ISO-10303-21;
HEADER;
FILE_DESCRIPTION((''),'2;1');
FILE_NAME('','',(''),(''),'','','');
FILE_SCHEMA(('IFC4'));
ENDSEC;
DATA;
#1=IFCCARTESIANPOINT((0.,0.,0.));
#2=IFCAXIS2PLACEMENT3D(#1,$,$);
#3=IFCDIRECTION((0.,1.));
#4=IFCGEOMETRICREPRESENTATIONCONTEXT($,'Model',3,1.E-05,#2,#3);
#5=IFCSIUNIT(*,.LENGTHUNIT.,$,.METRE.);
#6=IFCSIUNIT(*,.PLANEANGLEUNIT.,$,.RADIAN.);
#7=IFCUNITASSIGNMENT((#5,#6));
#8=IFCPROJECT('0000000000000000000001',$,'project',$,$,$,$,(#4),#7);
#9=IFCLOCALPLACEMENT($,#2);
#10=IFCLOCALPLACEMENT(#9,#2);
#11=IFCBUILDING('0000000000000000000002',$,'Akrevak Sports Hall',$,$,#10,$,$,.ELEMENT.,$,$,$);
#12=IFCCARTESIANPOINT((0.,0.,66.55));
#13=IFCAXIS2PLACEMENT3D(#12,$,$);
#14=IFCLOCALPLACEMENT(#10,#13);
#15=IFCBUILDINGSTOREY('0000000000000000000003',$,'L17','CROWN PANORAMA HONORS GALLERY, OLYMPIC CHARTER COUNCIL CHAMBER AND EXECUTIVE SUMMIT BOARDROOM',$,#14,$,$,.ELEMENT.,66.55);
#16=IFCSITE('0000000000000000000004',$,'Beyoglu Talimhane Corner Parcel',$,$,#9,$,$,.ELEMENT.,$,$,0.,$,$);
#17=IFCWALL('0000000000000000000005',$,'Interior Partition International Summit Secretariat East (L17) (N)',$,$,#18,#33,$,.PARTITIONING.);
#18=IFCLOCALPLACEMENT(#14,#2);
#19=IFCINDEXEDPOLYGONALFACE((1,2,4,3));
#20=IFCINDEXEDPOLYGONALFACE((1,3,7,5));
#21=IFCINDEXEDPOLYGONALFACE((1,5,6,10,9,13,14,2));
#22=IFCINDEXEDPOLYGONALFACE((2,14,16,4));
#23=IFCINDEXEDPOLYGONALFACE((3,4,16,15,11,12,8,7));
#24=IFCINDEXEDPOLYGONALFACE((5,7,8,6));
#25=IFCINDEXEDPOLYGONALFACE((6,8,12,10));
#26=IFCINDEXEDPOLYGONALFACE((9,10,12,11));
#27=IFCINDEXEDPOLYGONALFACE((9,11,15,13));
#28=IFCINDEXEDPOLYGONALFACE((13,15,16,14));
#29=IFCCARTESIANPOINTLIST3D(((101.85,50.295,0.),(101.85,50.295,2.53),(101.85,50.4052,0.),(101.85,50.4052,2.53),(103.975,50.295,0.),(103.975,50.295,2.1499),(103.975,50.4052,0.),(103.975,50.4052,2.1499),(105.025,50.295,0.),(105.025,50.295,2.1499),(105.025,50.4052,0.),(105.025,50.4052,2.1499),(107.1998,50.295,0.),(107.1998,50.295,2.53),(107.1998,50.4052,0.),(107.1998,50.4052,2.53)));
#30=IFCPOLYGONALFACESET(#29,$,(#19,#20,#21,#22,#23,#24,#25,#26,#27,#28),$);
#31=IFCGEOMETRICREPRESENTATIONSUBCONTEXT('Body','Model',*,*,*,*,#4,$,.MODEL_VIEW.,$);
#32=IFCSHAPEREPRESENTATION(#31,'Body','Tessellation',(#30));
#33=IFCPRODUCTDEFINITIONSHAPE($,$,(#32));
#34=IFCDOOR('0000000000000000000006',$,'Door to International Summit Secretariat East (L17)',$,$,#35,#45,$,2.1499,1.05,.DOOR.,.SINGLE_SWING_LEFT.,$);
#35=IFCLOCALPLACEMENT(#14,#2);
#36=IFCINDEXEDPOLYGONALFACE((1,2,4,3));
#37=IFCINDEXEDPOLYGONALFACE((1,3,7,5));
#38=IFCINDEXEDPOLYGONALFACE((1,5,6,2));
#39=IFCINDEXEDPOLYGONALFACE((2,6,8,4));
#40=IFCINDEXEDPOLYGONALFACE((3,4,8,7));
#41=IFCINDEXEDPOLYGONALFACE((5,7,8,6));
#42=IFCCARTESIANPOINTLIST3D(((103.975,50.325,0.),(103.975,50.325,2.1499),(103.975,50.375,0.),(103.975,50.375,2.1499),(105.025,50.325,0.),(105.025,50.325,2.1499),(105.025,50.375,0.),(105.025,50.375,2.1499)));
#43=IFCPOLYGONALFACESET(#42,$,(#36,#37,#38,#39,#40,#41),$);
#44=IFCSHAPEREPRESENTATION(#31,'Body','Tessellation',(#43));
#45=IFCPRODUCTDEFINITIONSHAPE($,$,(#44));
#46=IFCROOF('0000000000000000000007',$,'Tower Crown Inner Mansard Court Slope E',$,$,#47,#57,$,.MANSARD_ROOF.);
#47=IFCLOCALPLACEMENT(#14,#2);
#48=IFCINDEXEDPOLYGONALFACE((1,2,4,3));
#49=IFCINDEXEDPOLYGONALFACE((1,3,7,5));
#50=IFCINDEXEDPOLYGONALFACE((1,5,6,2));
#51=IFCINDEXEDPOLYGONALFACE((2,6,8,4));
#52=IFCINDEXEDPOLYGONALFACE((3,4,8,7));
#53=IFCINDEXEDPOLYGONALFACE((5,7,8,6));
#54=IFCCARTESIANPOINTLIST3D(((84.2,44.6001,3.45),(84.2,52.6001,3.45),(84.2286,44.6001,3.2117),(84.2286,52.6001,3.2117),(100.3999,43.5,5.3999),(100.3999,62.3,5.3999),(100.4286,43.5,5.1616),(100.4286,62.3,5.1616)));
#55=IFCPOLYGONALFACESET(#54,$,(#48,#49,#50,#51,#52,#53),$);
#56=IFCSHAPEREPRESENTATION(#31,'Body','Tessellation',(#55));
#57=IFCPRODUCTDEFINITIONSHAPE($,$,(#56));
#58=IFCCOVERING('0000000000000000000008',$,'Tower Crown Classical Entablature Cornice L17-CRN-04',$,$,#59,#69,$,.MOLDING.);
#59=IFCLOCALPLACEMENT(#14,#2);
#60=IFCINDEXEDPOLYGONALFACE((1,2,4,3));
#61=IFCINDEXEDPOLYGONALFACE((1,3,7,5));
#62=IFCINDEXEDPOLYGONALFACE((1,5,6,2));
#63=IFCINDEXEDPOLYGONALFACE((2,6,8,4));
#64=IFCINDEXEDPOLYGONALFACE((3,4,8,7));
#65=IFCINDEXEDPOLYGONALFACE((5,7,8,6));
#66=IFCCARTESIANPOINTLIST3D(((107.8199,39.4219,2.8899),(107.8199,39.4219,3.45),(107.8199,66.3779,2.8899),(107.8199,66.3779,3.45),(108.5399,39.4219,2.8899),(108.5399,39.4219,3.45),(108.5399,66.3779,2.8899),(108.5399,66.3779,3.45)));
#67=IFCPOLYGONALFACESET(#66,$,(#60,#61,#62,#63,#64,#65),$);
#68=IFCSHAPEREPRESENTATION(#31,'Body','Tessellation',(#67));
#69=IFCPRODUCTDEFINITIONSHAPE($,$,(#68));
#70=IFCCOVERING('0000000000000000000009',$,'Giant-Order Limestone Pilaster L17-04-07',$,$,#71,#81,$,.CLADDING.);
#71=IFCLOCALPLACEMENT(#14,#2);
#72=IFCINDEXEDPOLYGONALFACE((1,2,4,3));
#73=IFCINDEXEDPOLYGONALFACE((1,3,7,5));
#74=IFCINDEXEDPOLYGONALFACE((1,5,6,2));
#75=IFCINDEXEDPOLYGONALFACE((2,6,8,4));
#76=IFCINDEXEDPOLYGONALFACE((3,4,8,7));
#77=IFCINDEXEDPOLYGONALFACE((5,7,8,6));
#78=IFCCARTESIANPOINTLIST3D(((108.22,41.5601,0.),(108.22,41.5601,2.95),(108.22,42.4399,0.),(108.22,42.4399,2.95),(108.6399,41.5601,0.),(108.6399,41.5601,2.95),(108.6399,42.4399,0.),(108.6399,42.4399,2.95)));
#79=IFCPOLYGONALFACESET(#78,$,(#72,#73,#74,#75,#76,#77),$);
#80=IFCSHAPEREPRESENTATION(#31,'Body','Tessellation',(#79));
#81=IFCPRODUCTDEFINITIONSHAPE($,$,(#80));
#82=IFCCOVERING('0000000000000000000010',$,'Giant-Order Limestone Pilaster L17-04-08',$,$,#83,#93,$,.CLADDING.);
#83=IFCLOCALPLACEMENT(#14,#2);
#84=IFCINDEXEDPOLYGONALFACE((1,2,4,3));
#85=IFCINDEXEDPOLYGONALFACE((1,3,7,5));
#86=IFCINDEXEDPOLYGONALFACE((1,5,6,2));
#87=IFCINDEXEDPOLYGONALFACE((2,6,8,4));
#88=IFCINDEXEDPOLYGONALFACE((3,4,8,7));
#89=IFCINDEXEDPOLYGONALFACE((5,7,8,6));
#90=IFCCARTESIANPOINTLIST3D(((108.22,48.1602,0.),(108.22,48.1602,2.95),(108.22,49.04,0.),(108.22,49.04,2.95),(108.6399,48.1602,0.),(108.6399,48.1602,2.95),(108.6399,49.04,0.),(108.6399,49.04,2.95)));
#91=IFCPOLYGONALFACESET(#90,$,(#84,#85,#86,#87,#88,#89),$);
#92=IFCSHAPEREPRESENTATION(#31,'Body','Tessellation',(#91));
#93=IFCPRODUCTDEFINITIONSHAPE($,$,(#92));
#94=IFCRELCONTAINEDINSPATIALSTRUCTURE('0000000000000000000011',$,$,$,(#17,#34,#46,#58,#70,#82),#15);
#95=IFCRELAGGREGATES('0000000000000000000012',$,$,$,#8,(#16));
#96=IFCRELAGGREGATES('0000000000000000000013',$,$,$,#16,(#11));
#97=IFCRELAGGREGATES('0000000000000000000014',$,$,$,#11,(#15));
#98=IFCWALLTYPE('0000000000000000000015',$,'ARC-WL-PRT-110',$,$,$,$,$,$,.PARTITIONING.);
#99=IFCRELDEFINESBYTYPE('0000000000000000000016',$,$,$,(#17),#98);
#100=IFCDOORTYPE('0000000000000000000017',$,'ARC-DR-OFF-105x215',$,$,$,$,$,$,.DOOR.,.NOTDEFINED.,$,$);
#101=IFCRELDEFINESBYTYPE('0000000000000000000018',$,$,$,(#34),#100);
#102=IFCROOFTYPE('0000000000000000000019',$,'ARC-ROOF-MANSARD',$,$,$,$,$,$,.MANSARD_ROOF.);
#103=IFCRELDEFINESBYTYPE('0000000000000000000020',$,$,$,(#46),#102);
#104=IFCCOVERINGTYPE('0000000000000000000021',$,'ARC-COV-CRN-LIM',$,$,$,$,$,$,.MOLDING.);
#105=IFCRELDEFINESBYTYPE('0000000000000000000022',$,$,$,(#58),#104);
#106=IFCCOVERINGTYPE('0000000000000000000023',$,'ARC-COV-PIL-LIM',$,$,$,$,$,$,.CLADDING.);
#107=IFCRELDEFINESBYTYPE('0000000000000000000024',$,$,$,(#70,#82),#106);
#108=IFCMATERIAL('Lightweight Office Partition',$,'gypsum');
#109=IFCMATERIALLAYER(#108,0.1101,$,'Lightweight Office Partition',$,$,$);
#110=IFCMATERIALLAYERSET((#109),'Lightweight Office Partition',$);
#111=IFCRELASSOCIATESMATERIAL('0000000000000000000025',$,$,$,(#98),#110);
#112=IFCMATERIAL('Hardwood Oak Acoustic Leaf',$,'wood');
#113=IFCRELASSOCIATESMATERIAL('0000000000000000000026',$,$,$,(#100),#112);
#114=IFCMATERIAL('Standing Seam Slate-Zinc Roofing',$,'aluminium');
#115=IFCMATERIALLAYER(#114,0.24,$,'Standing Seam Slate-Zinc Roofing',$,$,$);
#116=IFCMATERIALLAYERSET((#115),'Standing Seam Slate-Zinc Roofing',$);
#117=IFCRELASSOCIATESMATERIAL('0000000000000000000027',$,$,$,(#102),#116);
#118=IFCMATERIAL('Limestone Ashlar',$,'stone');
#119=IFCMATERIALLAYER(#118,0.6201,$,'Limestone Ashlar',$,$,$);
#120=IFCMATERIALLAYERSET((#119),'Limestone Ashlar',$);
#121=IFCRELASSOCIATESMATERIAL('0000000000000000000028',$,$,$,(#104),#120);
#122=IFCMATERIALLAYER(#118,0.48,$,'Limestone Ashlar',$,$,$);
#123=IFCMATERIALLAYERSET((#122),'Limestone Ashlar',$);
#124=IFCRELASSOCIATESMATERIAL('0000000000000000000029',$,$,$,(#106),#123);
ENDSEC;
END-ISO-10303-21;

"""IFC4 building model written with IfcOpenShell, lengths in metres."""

from ifc_helpers import new_model, si_unit, direction, frame, frame_2d, origin, origin_2d, place, context, subcontext, project, spatial, polyline, rectangle, outline, extrude, material, layer, layer_set, type_object, element, fill, save


model = new_model("IFC4")

# Units and contexts
model_context = context("Model", 3, precision=1e-05, world=origin(), true_north=direction((0.0, 1.0)))
body_context = subcontext(model_context, "Body", "Model", "MODEL_VIEW")
ifc_project = project(units=[si_unit("LENGTHUNIT", "METRE"), si_unit("PLANEANGLEUNIT", "RADIAN")], contexts=[model_context])

# Site, building, storey
site_placement = place(None, origin())
site = spatial("IfcSite", under=ifc_project, at=site_placement, Name="Beyoglu Talimhane Corner Parcel", CompositionType="ELEMENT", RefElevation=0.0)
building_placement = place(site_placement, origin())
building = spatial("IfcBuilding", under=site, at=building_placement, Name="Akrevak Sports Hall", CompositionType="ELEMENT")
storey_placement = place(building_placement, frame((0.0, 0.0, 66.55)))
storey = spatial("IfcBuildingStorey", under=building, at=storey_placement, Name="L17", Description="CROWN PANORAMA HONORS GALLERY, OLYMPIC CHARTER COUNCIL CHAMBER AND EXECUTIVE SUMMIT BOARDROOM", CompositionType="ELEMENT", Elevation=66.55)

# Wall, opening, door
ifc_material_1 = material(Name="Lightweight Office Partition", Category="gypsum")
ifc_layer_1 = layer(ifc_material_1, 0.1101, Name="Lightweight Office Partition")
ifc_layer_set_1 = layer_set([ifc_layer_1], Name="Lightweight Office Partition")
wall_type = type_object("IfcWallType", Name="ARC-WL-PRT-110", PredefinedType="PARTITIONING", material=ifc_layer_set_1)
ifc_material_2 = material(Name="Hardwood Oak Acoustic Leaf", Category="wood")
wall_1_placement = place(storey_placement, frame((101.8501, 50.3501, 0.0), z_axis=(0.0, 0.0, 1.0), x_axis=(1.0, 0.0, 0.0)))
wall_1 = element("IfcWall", 1, at=wall_1_placement, inside=storey, type_object=wall_type, Name="Interior Partition International Summit Secretariat East (L17) (N)", PredefinedType="PARTITIONING", context=body_context, shape_type="SweptSolid", body=[
    extrude(rectangle(XDim=5.3499, YDim=0.1101, at=frame_2d((2.6748, 0.0))), origin(), (0.0, 0.0, 1.0), 2.53),
])
opening_1_placement = place(wall_1_placement, frame((2.125, 0.0, 0.0)))
opening_1 = element("IfcOpeningElement", 2, at=opening_1_placement, cuts=wall_1, PredefinedType="OPENING", context=body_context, shape_type="SweptSolid", body=[
    extrude(rectangle(XDim=1.05, YDim=2.1499, at=frame_2d((0.5249, 1.075))), frame((0.0, 0.0669, 0.0), z_axis=(0.0, -1.0, 0.0), x_axis=(1.0, 0.0, 0.0)), (0.0, 0.0, 1.0), 0.134),
])
door_type_1 = type_object("IfcDoorType", Name="ARC-DR-OFF-105x215", OperationType="NOTDEFINED", PredefinedType="DOOR", material=ifc_material_2)
door_1_placement = place(opening_1_placement, origin())
door_1 = element("IfcDoor", 3, at=door_1_placement, inside=storey, type_object=door_type_1, Name="Door to International Summit Secretariat East (L17)", OperationType="SINGLE_SWING_LEFT", OverallHeight=2.1499, OverallWidth=1.05, PredefinedType="DOOR", context=body_context, shape_type="SweptSolid", body=[
    extrude(rectangle(XDim=1.05, YDim=2.1499, at=frame_2d((0.5249, 1.075))), frame((0.0, 0.0249, 0.0), z_axis=(0.0, -1.0, 0.0), x_axis=(1.0, 0.0, 0.0)), (0.0, 0.0, 1.0), 0.05),
])
fill(opening_1, door_1)

# Roof
ifc_material_3 = material(Name="Standing Seam Slate-Zinc Roofing", Category="aluminium")
ifc_layer_2 = layer(ifc_material_3, 0.24, Name="Standing Seam Slate-Zinc Roofing")
ifc_layer_set_2 = layer_set([ifc_layer_2], Name="Standing Seam Slate-Zinc Roofing")
roof_type = type_object("IfcRoofType", Name="ARC-ROOF-MANSARD", PredefinedType="MANSARD_ROOF", material=ifc_layer_set_2)
roof_placement = place(storey_placement, frame((100.3999, 43.5, 5.3999), z_axis=(-0.119505, 0.0, 0.992834), x_axis=(0.0, 1.0, 0.0)))
element("IfcRoof", 4, at=roof_placement, inside=storey, type_object=roof_type, Name="Tower Crown Inner Mansard Court Slope E", PredefinedType="MANSARD_ROOF", context=body_context, shape_type="SweptSolid", body=[
    extrude(outline(polyline([(0.0, 0.0), (18.8, 0.0), (9.1001, 16.3169), (1.1001, 16.3169), (0.0, 0.0)])), origin(), (0.0, 0.0, -1.0), 0.24),
])

# Coverings
ifc_material_4 = material(Name="Limestone Ashlar", Category="stone")
ifc_layer_3 = layer(ifc_material_4, 0.6201, Name="Limestone Ashlar")
ifc_layer_set_3 = layer_set([ifc_layer_3], Name="Limestone Ashlar")
covering_type_1 = type_object("IfcCoveringType", Name="ARC-COV-CRN-LIM", PredefinedType="MOLDING", material=ifc_layer_set_3)
covering_placement = place(storey_placement, frame((108.1799, 52.8999, 2.8899), z_axis=(0.0, 0.0, 1.0), x_axis=(0.0, 1.0, 0.0)))
element("IfcCovering", 5, at=covering_placement, inside=storey, type_object=covering_type_1, Name="Tower Crown Classical Entablature Cornice L17-CRN-04", PredefinedType="MOLDING", context=body_context, shape_type="SweptSolid", body=[
    extrude(rectangle(XDim=26.9561, YDim=0.72, at=origin_2d()), origin(), (0.0, 0.0, 1.0), 0.5601),
])
ifc_layer_4 = layer(ifc_material_4, 0.48, Name="Limestone Ashlar")
ifc_layer_set_4 = layer_set([ifc_layer_4], Name="Limestone Ashlar")
covering_type_2 = type_object("IfcCoveringType", Name="ARC-COV-PIL-LIM", PredefinedType="CLADDING", material=ifc_layer_set_4)
for number, where, z_axis, x_axis, name in (
    (6, (108.4299, 42.0, 0.0), (0.0, 0.0, 1.0), (0.0, 1.0, 0.0), "Giant-Order Limestone Pilaster L17-04-07"),
    (7, (108.4299, 48.6001, 0.0), (0.0, 0.0, 1.0), (0.0, 1.0, 0.0), "Giant-Order Limestone Pilaster L17-04-08"),
):
    element("IfcCovering", number, at=place(storey_placement, frame(where, z_axis=z_axis, x_axis=x_axis)), inside=storey, type_object=covering_type_2, Name=name, PredefinedType="CLADDING", context=body_context, shape_type="SweptSolid", body=[
        extrude(rectangle(XDim=0.8799, YDim=0.4199, at=origin_2d()), origin(), (0.0, 0.0, 1.0), 2.95),
    ])

save(model, "model.ifc")
